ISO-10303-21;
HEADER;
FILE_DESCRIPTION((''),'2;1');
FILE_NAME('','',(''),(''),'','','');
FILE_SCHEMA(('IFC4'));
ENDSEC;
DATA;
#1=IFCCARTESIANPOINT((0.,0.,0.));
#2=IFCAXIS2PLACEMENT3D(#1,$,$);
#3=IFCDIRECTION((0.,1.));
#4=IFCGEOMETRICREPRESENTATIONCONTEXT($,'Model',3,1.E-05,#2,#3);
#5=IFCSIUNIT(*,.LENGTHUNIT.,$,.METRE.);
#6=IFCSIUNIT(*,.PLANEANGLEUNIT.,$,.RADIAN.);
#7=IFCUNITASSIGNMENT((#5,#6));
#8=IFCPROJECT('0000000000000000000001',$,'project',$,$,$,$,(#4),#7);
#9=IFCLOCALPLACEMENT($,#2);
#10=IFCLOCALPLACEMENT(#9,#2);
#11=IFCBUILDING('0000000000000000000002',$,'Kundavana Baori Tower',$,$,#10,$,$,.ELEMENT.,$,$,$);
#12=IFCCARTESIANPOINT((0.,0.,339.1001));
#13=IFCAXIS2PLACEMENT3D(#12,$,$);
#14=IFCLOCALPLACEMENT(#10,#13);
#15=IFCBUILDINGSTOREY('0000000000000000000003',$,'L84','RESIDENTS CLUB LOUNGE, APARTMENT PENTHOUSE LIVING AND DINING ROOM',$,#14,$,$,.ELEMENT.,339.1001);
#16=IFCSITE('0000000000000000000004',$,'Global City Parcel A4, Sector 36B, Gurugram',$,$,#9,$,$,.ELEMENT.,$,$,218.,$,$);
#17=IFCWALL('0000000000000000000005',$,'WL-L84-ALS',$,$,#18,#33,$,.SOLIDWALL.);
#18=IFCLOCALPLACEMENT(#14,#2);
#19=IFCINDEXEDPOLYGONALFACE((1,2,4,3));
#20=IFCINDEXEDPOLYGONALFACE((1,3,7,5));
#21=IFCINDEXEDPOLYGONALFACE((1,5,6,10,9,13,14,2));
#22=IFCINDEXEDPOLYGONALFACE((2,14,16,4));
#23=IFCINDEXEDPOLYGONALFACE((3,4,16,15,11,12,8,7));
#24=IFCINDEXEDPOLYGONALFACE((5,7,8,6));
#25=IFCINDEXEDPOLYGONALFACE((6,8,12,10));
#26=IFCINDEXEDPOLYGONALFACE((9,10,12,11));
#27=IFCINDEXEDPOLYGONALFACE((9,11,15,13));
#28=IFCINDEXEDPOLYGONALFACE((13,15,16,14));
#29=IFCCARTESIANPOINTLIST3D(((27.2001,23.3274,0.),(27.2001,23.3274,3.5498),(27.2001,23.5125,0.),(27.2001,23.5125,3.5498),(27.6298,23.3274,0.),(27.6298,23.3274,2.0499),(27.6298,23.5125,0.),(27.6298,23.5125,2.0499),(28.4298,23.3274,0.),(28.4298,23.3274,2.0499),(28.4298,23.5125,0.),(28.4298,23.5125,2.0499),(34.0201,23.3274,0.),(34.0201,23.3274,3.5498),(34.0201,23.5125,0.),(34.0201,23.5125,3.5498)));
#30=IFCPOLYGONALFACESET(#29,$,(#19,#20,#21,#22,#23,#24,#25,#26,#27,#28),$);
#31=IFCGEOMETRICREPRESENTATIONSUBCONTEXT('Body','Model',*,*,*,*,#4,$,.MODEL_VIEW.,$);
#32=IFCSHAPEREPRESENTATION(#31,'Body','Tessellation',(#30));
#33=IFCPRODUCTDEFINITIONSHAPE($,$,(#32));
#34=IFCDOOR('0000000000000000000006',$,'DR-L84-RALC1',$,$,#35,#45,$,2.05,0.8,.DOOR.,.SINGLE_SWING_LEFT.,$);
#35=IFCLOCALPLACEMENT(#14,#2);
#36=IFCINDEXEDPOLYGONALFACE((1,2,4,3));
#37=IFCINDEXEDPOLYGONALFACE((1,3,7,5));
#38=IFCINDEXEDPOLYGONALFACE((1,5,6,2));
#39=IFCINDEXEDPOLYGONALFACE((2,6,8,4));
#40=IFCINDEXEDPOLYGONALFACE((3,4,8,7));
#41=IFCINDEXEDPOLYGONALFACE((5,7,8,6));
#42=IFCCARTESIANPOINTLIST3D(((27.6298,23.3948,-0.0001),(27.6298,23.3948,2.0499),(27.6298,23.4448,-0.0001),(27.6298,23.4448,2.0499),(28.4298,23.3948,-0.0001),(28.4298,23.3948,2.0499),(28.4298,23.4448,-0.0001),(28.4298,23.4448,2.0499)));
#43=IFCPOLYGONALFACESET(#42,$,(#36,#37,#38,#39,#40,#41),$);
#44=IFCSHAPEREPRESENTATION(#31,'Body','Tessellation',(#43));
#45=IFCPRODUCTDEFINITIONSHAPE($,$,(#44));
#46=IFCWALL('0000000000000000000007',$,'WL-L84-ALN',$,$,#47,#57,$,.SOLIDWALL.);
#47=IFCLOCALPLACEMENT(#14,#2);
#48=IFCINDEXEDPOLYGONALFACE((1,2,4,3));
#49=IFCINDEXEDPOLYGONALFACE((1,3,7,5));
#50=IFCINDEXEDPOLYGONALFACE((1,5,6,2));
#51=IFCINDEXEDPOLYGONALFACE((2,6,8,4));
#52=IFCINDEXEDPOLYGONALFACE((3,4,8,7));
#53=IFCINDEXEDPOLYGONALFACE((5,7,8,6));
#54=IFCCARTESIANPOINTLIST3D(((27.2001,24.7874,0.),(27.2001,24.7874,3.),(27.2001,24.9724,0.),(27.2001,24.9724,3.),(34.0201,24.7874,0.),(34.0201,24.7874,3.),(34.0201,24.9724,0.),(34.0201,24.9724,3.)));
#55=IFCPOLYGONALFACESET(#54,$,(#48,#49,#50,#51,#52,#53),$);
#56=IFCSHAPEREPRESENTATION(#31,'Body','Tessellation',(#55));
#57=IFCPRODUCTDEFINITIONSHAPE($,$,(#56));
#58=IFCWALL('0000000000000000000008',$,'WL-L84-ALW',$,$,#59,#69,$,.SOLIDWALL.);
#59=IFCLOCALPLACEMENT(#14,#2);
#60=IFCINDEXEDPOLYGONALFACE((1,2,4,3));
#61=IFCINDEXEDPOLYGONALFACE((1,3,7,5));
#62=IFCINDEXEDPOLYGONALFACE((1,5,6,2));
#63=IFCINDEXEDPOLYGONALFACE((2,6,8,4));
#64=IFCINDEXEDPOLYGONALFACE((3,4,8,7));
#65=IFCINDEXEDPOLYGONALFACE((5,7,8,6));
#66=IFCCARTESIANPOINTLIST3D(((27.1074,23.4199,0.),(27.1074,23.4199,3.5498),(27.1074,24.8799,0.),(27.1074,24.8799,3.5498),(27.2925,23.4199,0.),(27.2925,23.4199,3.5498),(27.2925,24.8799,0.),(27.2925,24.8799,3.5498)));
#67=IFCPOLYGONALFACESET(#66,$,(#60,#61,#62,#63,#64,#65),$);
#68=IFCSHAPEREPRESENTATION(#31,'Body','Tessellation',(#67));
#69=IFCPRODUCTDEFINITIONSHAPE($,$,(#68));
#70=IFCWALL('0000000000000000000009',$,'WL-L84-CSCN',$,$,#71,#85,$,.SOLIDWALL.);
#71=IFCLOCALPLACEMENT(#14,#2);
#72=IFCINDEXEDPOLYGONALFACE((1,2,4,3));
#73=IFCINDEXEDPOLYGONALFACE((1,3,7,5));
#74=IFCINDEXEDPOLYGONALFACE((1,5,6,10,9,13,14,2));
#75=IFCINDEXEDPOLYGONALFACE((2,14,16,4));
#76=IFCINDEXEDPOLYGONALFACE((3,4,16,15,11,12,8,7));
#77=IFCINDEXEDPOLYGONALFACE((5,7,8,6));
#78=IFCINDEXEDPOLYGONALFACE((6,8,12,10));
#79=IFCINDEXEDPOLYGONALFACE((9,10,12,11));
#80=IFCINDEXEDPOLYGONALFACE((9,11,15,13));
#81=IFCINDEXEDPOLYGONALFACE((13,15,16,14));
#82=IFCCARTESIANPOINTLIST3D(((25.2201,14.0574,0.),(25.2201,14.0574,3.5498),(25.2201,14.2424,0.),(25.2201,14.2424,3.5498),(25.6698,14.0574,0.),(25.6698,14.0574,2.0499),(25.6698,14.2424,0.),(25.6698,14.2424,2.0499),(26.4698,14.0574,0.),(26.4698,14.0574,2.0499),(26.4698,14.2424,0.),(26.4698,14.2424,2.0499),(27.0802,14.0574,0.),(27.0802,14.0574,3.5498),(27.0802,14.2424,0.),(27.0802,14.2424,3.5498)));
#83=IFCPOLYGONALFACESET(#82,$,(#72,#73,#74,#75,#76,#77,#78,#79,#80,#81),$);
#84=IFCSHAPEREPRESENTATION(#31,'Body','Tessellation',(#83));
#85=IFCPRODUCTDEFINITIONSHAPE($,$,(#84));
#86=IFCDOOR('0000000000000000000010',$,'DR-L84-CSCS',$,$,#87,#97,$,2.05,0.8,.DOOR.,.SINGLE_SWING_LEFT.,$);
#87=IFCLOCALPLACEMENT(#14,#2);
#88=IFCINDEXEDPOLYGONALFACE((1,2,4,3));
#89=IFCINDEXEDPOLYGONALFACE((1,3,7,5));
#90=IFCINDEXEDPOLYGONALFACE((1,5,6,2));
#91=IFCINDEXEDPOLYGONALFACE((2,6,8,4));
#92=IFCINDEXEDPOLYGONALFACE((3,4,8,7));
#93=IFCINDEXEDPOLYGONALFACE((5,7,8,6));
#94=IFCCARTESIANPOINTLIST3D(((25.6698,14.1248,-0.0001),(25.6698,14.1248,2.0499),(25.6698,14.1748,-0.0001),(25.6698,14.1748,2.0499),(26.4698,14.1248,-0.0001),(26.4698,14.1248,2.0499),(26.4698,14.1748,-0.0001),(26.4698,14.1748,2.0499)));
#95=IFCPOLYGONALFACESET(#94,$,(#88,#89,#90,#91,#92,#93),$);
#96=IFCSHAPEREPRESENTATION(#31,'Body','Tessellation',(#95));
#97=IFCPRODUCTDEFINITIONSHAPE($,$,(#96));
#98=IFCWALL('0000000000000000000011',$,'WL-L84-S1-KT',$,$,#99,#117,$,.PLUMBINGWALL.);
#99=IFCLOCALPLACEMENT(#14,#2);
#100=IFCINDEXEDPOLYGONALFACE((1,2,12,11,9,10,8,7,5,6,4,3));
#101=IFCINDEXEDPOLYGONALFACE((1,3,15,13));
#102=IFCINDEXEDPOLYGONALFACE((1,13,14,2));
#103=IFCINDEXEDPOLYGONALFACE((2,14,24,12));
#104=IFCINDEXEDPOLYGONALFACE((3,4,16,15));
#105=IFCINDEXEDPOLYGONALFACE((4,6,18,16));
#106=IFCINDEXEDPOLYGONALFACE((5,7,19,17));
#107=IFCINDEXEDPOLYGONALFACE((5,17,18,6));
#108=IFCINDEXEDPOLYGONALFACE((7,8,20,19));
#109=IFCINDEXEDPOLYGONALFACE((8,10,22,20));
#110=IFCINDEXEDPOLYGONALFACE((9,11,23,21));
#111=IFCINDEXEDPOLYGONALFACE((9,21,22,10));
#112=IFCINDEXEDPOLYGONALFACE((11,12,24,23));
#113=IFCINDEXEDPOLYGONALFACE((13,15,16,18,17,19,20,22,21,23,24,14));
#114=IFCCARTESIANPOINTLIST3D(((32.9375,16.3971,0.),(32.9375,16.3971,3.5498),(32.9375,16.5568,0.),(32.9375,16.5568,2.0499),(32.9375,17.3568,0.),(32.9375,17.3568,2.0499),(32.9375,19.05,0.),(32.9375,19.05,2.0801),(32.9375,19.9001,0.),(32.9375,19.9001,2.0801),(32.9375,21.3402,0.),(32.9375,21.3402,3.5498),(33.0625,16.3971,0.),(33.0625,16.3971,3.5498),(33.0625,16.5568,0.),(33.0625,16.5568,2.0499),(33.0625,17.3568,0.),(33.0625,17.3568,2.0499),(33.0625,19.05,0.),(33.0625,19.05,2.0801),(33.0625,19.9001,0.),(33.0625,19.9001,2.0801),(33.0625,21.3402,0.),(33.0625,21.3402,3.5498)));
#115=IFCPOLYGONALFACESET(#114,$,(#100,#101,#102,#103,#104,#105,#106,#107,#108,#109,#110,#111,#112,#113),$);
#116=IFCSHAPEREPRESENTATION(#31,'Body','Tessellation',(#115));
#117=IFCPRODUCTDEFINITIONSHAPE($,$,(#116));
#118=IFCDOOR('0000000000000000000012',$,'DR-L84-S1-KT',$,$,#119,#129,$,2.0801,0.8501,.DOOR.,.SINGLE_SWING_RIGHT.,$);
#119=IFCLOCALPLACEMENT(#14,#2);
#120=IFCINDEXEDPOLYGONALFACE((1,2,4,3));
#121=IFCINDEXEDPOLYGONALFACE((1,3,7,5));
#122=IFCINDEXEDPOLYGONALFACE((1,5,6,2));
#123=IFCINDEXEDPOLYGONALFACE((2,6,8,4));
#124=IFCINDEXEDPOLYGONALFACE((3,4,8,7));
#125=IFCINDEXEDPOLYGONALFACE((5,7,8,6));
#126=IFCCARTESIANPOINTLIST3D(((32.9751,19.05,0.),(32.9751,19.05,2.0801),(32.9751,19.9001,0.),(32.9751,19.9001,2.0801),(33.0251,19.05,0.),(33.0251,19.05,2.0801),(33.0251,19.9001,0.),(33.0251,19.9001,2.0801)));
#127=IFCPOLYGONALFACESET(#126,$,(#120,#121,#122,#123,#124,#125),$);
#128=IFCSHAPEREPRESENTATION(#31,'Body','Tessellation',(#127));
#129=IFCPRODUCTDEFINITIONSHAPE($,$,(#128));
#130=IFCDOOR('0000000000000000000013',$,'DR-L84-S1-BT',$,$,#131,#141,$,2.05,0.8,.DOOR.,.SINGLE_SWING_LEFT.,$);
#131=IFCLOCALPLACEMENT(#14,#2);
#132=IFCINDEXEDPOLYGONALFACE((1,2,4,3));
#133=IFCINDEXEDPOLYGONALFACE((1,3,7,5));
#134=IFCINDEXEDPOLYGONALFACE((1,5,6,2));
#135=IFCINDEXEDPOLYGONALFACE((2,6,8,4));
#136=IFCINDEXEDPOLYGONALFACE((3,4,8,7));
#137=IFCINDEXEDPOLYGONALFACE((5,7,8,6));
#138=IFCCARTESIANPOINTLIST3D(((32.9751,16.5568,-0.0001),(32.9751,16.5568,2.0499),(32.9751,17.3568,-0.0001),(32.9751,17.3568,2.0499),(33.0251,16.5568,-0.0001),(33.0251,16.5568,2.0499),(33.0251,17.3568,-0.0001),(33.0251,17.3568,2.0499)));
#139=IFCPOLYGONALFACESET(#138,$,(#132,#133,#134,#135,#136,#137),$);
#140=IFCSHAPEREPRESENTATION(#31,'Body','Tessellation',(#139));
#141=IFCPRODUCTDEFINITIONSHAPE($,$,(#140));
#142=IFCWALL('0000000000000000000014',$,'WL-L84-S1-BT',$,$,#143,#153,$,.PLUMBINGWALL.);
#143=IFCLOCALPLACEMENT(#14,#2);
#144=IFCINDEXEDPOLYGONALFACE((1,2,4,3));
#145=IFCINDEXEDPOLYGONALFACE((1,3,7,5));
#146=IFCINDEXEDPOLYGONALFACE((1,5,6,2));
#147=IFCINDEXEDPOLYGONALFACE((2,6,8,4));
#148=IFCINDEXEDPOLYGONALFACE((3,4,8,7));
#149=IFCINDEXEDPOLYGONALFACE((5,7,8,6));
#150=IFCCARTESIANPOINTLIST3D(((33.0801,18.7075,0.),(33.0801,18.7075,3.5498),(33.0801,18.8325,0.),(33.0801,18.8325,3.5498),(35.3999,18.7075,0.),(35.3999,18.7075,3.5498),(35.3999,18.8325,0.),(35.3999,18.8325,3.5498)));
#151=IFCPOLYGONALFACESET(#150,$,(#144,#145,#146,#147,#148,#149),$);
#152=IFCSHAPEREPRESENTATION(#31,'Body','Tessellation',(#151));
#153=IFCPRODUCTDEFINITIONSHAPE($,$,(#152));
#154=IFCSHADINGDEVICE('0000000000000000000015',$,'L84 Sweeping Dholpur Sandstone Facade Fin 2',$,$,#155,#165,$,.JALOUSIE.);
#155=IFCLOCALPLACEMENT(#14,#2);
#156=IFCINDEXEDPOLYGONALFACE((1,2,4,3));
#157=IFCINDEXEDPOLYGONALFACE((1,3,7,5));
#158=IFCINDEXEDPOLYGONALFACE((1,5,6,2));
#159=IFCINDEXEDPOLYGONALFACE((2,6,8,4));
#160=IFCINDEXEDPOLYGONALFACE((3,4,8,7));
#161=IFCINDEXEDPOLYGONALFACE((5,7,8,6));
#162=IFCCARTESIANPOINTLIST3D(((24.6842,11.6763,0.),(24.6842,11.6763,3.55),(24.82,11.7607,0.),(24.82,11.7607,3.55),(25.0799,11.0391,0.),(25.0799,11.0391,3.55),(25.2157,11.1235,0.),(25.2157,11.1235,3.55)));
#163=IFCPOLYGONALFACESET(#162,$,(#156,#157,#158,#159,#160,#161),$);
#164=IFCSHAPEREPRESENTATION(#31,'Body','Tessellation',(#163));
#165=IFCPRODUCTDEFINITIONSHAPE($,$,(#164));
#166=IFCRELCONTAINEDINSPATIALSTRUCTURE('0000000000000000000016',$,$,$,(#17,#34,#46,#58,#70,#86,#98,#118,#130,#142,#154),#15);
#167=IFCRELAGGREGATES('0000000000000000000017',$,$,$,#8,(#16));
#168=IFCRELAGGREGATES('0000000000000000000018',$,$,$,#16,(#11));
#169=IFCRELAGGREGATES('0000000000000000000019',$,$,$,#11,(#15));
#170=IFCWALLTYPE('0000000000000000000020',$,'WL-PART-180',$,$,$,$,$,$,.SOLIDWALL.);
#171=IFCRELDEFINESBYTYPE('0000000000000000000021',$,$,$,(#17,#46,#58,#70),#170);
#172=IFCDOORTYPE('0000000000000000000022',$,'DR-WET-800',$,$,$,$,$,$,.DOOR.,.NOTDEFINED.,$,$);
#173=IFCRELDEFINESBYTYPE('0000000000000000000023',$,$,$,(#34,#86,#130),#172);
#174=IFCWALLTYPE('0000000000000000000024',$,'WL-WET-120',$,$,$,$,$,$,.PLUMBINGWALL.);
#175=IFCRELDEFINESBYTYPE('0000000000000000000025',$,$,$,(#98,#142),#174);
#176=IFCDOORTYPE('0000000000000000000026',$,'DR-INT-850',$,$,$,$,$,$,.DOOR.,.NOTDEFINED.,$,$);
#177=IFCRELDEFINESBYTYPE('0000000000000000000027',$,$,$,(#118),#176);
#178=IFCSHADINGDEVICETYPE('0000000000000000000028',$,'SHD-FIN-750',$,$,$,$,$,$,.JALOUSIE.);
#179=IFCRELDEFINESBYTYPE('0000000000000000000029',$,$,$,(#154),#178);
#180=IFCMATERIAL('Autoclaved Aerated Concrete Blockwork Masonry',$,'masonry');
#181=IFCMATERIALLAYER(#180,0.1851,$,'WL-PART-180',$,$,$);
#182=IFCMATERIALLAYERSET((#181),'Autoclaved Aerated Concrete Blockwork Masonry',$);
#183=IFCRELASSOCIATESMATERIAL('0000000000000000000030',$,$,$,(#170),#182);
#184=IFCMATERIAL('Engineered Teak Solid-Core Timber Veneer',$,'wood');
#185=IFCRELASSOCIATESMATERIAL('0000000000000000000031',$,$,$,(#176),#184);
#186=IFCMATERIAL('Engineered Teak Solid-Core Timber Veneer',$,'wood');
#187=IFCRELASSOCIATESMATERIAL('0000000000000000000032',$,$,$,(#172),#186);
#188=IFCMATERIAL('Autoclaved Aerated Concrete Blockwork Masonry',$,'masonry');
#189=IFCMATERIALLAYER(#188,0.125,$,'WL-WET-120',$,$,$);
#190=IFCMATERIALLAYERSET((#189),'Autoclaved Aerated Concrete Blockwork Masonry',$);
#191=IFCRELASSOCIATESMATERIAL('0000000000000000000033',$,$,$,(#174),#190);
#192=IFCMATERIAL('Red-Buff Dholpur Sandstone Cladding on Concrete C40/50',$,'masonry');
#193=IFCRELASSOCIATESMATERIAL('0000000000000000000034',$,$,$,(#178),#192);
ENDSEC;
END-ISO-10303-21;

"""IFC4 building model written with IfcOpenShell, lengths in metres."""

from ifc_helpers import new_model, si_unit, direction, frame, frame_2d, origin, origin_2d, place, context, subcontext, project, spatial, rectangle, extrude, material, layer, layer_set, type_object, element, fill, save


model = new_model("IFC4")

# Units and contexts
model_context = context("Model", 3, precision=1e-05, world=origin(), true_north=direction((0.0, 1.0)))
body_context = subcontext(model_context, "Body", "Model", "MODEL_VIEW")
ifc_project = project(units=[si_unit("LENGTHUNIT", "METRE"), si_unit("PLANEANGLEUNIT", "RADIAN")], contexts=[model_context])

# Site, building, storey
site_placement = place(None, origin())
site = spatial("IfcSite", under=ifc_project, at=site_placement, Name="Global City Parcel A4, Sector 36B, Gurugram", CompositionType="ELEMENT", RefElevation=218.0)
building_placement = place(site_placement, origin())
building = spatial("IfcBuilding", under=site, at=building_placement, Name="Kundavana Baori Tower", CompositionType="ELEMENT")
storey_placement = place(building_placement, frame((0.0, 0.0, 339.1001)))
storey = spatial("IfcBuildingStorey", under=building, at=storey_placement, Name="L84", Description="RESIDENTS CLUB LOUNGE, APARTMENT PENTHOUSE LIVING AND DINING ROOM", CompositionType="ELEMENT", Elevation=339.1001)

# Shared definitions
ifc_material_1 = material(Name="Autoclaved Aerated Concrete Blockwork Masonry", Category="masonry")
ifc_layer_1 = layer(ifc_material_1, 0.1851, Name="WL-PART-180")
ifc_layer_set_1 = layer_set([ifc_layer_1], Name="Autoclaved Aerated Concrete Blockwork Masonry")
wall_type_1 = type_object("IfcWallType", Name="WL-PART-180", PredefinedType="SOLIDWALL", material=ifc_layer_set_1)

# Shared definitions
ifc_material_2 = material(Name="Engineered Teak Solid-Core Timber Veneer", Category="wood")
door_type_1 = type_object("IfcDoorType", Name="DR-INT-850", OperationType="NOTDEFINED", PredefinedType="DOOR", material=ifc_material_2)

# Wall, opening, door
wall_1_placement = place(storey_placement, frame((27.2, 23.4199, 0.0), z_axis=(0.0, 0.0, 1.0), x_axis=(1.0, 0.0, 0.0)))
wall_1 = element("IfcWall", 1, at=wall_1_placement, inside=storey, type_object=wall_type_1, Name="WL-L84-ALS", PredefinedType="SOLIDWALL", context=body_context, shape_type="SweptSolid", body=[
    extrude(rectangle(XDim=6.8201, YDim=0.1851, at=frame_2d((3.4102, 0.0))), origin(), (0.0, 0.0, 1.0), 3.5498),
])
opening_1_placement = place(wall_1_placement, frame((0.4299, 0.0, 0.0)))
opening_1 = element("IfcOpeningElement", 2, at=opening_1_placement, cuts=wall_1, PredefinedType="OPENING", context=body_context, shape_type="SweptSolid", body=[
    extrude(rectangle(XDim=0.8, YDim=2.05, at=frame_2d((0.3999, 1.0249))), frame((0.0, 0.1025, 0.0), z_axis=(0.0, -1.0, 0.0), x_axis=(1.0, 0.0, 0.0)), (0.0, 0.0, 1.0), 0.2051),
])
ifc_material_3 = material(Name="Engineered Teak Solid-Core Timber Veneer", Category="wood")
door_type_2 = type_object("IfcDoorType", Name="DR-WET-800", OperationType="NOTDEFINED", PredefinedType="DOOR", material=ifc_material_3)
door_1_placement = place(opening_1_placement, origin())
door_1 = element("IfcDoor", 3, at=door_1_placement, inside=storey, type_object=door_type_2, Name="DR-L84-RALC1", OperationType="SINGLE_SWING_LEFT", OverallHeight=2.05, OverallWidth=0.8, PredefinedType="DOOR", context=body_context, shape_type="SweptSolid", body=[
    extrude(rectangle(XDim=0.8, YDim=2.05, at=frame_2d((0.3999, 1.0249))), frame((0.0, 0.0249, 0.0), z_axis=(0.0, -1.0, 0.0), x_axis=(1.0, 0.0, 0.0)), (0.0, 0.0, 1.0), 0.05),
])
fill(opening_1, door_1)

# Walls
wall_2_placement = place(storey_placement, frame((27.2, 24.8799, 0.0), z_axis=(0.0, 0.0, 1.0), x_axis=(1.0, 0.0, 0.0)))
element("IfcWall", 4, at=wall_2_placement, inside=storey, type_object=wall_type_1, Name="WL-L84-ALN", PredefinedType="SOLIDWALL", context=body_context, shape_type="SweptSolid", body=[
    extrude(rectangle(XDim=6.8201, YDim=0.1851, at=frame_2d((3.4102, 0.0))), origin(), (0.0, 0.0, 1.0), 3.0),
])
wall_3_placement = place(storey_placement, frame((27.2, 23.4199, 0.0), z_axis=(0.0, 0.0, 1.0), x_axis=(0.0, 1.0, 0.0)))
element("IfcWall", 5, at=wall_3_placement, inside=storey, type_object=wall_type_1, Name="WL-L84-ALW", PredefinedType="SOLIDWALL", context=body_context, shape_type="SweptSolid", body=[
    extrude(rectangle(XDim=1.46, YDim=0.1851, at=frame_2d((0.73, 0.0))), origin(), (0.0, 0.0, 1.0), 3.5498),
])

# Wall, opening, door
wall_4_placement = place(storey_placement, frame((25.22, 14.1499, 0.0), z_axis=(0.0, 0.0, 1.0), x_axis=(1.0, 0.0, 0.0)))
wall_4 = element("IfcWall", 6, at=wall_4_placement, inside=storey, type_object=wall_type_1, Name="WL-L84-CSCN", PredefinedType="SOLIDWALL", context=body_context, shape_type="SweptSolid", body=[
    extrude(rectangle(XDim=1.8601, YDim=0.1851, at=frame_2d((0.9302, 0.0))), origin(), (0.0, 0.0, 1.0), 3.5498),
])
opening_2_placement = place(wall_4_placement, frame((0.45, 0.0, 0.0)))
opening_2 = element("IfcOpeningElement", 7, at=opening_2_placement, cuts=wall_4, PredefinedType="OPENING", context=body_context, shape_type="SweptSolid", body=[
    extrude(rectangle(XDim=0.8, YDim=2.05, at=frame_2d((0.3999, 1.0249))), frame((0.0, 0.1025, 0.0), z_axis=(0.0, -1.0, 0.0), x_axis=(1.0, 0.0, 0.0)), (0.0, 0.0, 1.0), 0.2051),
])
door_2_placement = place(opening_2_placement, origin())
door_2 = element("IfcDoor", 8, at=door_2_placement, inside=storey, type_object=door_type_2, Name="DR-L84-CSCS", OperationType="SINGLE_SWING_LEFT", OverallHeight=2.05, OverallWidth=0.8, PredefinedType="DOOR", context=body_context, shape_type="SweptSolid", body=[
    extrude(rectangle(XDim=0.8, YDim=2.05, at=frame_2d((0.3999, 1.0249))), frame((0.0, 0.0249, 0.0), z_axis=(0.0, -1.0, 0.0), x_axis=(1.0, 0.0, 0.0)), (0.0, 0.0, 1.0), 0.05),
])
fill(opening_2, door_2)

# Wall, openings, doors
ifc_material_4 = material(Name="Autoclaved Aerated Concrete Blockwork Masonry", Category="masonry")
ifc_layer_2 = layer(ifc_material_4, 0.125, Name="WL-WET-120")
ifc_layer_set_2 = layer_set([ifc_layer_2], Name="Autoclaved Aerated Concrete Blockwork Masonry")
wall_type_2 = type_object("IfcWallType", Name="WL-WET-120", PredefinedType="PLUMBINGWALL", material=ifc_layer_set_2)
wall_5_placement = place(storey_placement, frame((33.0, 16.397, 0.0), z_axis=(0.0, 0.0, 1.0), x_axis=(0.0, 1.0, 0.0)))
wall_5 = element("IfcWall", 9, at=wall_5_placement, inside=storey, type_object=wall_type_2, Name="WL-L84-S1-KT", PredefinedType="PLUMBINGWALL", context=body_context, shape_type="SweptSolid", body=[
    extrude(rectangle(XDim=4.9431, YDim=0.125, at=frame_2d((2.4717, 0.0))), origin(), (0.0, 0.0, 1.0), 3.5498),
])
opening_3_placement = place(wall_5_placement, frame((0.1599, 0.0, 0.0)))
opening_3 = element("IfcOpeningElement", 10, at=opening_3_placement, cuts=wall_5, PredefinedType="OPENING", context=body_context, shape_type="SweptSolid", body=[
    extrude(rectangle(XDim=0.8, YDim=2.05, at=frame_2d((0.3999, 1.0249))), frame((0.0, 0.0725, 0.0), z_axis=(0.0, -1.0, 0.0), x_axis=(1.0, 0.0, 0.0)), (0.0, 0.0, 1.0), 0.145),
])
opening_4_placement = place(wall_5_placement, frame((2.6531, 0.0, 0.0)))
opening_4 = element("IfcOpeningElement", 11, at=opening_4_placement, cuts=wall_5, PredefinedType="OPENING", context=body_context, shape_type="SweptSolid", body=[
    extrude(rectangle(XDim=0.8501, YDim=2.0801, at=frame_2d((0.425, 1.04))), frame((0.0, 0.0725, 0.0), z_axis=(0.0, -1.0, 0.0), x_axis=(1.0, 0.0, 0.0)), (0.0, 0.0, 1.0), 0.145),
])
door_3_placement = place(opening_4_placement, origin())
door_3 = element("IfcDoor", 12, at=door_3_placement, inside=storey, type_object=door_type_1, Name="DR-L84-S1-KT", OperationType="SINGLE_SWING_RIGHT", OverallHeight=2.0801, OverallWidth=0.8501, PredefinedType="DOOR", context=body_context, shape_type="SweptSolid", body=[
    extrude(rectangle(XDim=0.8501, YDim=2.0801, at=frame_2d((0.425, 1.04))), frame((0.0, 0.0249, 0.0), z_axis=(0.0, -1.0, 0.0), x_axis=(1.0, 0.0, 0.0)), (0.0, 0.0, 1.0), 0.05),
])
fill(opening_4, door_3)
door_4_placement = place(opening_3_placement, origin())
door_4 = element("IfcDoor", 13, at=door_4_placement, inside=storey, type_object=door_type_2, Name="DR-L84-S1-BT", OperationType="SINGLE_SWING_LEFT", OverallHeight=2.05, OverallWidth=0.8, PredefinedType="DOOR", context=body_context, shape_type="SweptSolid", body=[
    extrude(rectangle(XDim=0.8, YDim=2.05, at=frame_2d((0.3999, 1.0249))), frame((0.0, 0.0249, 0.0), z_axis=(0.0, -1.0, 0.0), x_axis=(1.0, 0.0, 0.0)), (0.0, 0.0, 1.0), 0.05),
])
fill(opening_3, door_4)

# Wall
wall_6_placement = place(storey_placement, frame((33.0801, 18.77, 0.0), z_axis=(0.0, 0.0, 1.0), x_axis=(1.0, 0.0, 0.0)))
element("IfcWall", 14, at=wall_6_placement, inside=storey, type_object=wall_type_2, Name="WL-L84-S1-BT", PredefinedType="PLUMBINGWALL", context=body_context, shape_type="SweptSolid", body=[
    extrude(rectangle(XDim=2.3198, YDim=0.125, at=frame_2d((1.1599, 0.0))), origin(), (0.0, 0.0, 1.0), 3.5498),
])

# Shading device
ifc_material_5 = material(Name="Red-Buff Dholpur Sandstone Cladding on Concrete C40/50", Category="masonry")
shading_device_type = type_object("IfcShadingDeviceType", Name="SHD-FIN-750", PredefinedType="JALOUSIE", material=ifc_material_5)
shading_device_placement = place(storey_placement, frame((24.95, 11.3999, 0.0), z_axis=(0.0, 0.0, 1.0), x_axis=(0.849525, 0.527549, 0.0)))
element("IfcShadingDevice", 15, at=shading_device_placement, inside=storey, type_object=shading_device_type, Name="L84 Sweeping Dholpur Sandstone Facade Fin 2", PredefinedType="JALOUSIE", context=body_context, shape_type="SweptSolid", body=[
    extrude(rectangle(XDim=0.1599, YDim=0.75, at=origin_2d()), origin(), (0.0, 0.0, 1.0), 3.55),
])

save(model, "model.ifc")
